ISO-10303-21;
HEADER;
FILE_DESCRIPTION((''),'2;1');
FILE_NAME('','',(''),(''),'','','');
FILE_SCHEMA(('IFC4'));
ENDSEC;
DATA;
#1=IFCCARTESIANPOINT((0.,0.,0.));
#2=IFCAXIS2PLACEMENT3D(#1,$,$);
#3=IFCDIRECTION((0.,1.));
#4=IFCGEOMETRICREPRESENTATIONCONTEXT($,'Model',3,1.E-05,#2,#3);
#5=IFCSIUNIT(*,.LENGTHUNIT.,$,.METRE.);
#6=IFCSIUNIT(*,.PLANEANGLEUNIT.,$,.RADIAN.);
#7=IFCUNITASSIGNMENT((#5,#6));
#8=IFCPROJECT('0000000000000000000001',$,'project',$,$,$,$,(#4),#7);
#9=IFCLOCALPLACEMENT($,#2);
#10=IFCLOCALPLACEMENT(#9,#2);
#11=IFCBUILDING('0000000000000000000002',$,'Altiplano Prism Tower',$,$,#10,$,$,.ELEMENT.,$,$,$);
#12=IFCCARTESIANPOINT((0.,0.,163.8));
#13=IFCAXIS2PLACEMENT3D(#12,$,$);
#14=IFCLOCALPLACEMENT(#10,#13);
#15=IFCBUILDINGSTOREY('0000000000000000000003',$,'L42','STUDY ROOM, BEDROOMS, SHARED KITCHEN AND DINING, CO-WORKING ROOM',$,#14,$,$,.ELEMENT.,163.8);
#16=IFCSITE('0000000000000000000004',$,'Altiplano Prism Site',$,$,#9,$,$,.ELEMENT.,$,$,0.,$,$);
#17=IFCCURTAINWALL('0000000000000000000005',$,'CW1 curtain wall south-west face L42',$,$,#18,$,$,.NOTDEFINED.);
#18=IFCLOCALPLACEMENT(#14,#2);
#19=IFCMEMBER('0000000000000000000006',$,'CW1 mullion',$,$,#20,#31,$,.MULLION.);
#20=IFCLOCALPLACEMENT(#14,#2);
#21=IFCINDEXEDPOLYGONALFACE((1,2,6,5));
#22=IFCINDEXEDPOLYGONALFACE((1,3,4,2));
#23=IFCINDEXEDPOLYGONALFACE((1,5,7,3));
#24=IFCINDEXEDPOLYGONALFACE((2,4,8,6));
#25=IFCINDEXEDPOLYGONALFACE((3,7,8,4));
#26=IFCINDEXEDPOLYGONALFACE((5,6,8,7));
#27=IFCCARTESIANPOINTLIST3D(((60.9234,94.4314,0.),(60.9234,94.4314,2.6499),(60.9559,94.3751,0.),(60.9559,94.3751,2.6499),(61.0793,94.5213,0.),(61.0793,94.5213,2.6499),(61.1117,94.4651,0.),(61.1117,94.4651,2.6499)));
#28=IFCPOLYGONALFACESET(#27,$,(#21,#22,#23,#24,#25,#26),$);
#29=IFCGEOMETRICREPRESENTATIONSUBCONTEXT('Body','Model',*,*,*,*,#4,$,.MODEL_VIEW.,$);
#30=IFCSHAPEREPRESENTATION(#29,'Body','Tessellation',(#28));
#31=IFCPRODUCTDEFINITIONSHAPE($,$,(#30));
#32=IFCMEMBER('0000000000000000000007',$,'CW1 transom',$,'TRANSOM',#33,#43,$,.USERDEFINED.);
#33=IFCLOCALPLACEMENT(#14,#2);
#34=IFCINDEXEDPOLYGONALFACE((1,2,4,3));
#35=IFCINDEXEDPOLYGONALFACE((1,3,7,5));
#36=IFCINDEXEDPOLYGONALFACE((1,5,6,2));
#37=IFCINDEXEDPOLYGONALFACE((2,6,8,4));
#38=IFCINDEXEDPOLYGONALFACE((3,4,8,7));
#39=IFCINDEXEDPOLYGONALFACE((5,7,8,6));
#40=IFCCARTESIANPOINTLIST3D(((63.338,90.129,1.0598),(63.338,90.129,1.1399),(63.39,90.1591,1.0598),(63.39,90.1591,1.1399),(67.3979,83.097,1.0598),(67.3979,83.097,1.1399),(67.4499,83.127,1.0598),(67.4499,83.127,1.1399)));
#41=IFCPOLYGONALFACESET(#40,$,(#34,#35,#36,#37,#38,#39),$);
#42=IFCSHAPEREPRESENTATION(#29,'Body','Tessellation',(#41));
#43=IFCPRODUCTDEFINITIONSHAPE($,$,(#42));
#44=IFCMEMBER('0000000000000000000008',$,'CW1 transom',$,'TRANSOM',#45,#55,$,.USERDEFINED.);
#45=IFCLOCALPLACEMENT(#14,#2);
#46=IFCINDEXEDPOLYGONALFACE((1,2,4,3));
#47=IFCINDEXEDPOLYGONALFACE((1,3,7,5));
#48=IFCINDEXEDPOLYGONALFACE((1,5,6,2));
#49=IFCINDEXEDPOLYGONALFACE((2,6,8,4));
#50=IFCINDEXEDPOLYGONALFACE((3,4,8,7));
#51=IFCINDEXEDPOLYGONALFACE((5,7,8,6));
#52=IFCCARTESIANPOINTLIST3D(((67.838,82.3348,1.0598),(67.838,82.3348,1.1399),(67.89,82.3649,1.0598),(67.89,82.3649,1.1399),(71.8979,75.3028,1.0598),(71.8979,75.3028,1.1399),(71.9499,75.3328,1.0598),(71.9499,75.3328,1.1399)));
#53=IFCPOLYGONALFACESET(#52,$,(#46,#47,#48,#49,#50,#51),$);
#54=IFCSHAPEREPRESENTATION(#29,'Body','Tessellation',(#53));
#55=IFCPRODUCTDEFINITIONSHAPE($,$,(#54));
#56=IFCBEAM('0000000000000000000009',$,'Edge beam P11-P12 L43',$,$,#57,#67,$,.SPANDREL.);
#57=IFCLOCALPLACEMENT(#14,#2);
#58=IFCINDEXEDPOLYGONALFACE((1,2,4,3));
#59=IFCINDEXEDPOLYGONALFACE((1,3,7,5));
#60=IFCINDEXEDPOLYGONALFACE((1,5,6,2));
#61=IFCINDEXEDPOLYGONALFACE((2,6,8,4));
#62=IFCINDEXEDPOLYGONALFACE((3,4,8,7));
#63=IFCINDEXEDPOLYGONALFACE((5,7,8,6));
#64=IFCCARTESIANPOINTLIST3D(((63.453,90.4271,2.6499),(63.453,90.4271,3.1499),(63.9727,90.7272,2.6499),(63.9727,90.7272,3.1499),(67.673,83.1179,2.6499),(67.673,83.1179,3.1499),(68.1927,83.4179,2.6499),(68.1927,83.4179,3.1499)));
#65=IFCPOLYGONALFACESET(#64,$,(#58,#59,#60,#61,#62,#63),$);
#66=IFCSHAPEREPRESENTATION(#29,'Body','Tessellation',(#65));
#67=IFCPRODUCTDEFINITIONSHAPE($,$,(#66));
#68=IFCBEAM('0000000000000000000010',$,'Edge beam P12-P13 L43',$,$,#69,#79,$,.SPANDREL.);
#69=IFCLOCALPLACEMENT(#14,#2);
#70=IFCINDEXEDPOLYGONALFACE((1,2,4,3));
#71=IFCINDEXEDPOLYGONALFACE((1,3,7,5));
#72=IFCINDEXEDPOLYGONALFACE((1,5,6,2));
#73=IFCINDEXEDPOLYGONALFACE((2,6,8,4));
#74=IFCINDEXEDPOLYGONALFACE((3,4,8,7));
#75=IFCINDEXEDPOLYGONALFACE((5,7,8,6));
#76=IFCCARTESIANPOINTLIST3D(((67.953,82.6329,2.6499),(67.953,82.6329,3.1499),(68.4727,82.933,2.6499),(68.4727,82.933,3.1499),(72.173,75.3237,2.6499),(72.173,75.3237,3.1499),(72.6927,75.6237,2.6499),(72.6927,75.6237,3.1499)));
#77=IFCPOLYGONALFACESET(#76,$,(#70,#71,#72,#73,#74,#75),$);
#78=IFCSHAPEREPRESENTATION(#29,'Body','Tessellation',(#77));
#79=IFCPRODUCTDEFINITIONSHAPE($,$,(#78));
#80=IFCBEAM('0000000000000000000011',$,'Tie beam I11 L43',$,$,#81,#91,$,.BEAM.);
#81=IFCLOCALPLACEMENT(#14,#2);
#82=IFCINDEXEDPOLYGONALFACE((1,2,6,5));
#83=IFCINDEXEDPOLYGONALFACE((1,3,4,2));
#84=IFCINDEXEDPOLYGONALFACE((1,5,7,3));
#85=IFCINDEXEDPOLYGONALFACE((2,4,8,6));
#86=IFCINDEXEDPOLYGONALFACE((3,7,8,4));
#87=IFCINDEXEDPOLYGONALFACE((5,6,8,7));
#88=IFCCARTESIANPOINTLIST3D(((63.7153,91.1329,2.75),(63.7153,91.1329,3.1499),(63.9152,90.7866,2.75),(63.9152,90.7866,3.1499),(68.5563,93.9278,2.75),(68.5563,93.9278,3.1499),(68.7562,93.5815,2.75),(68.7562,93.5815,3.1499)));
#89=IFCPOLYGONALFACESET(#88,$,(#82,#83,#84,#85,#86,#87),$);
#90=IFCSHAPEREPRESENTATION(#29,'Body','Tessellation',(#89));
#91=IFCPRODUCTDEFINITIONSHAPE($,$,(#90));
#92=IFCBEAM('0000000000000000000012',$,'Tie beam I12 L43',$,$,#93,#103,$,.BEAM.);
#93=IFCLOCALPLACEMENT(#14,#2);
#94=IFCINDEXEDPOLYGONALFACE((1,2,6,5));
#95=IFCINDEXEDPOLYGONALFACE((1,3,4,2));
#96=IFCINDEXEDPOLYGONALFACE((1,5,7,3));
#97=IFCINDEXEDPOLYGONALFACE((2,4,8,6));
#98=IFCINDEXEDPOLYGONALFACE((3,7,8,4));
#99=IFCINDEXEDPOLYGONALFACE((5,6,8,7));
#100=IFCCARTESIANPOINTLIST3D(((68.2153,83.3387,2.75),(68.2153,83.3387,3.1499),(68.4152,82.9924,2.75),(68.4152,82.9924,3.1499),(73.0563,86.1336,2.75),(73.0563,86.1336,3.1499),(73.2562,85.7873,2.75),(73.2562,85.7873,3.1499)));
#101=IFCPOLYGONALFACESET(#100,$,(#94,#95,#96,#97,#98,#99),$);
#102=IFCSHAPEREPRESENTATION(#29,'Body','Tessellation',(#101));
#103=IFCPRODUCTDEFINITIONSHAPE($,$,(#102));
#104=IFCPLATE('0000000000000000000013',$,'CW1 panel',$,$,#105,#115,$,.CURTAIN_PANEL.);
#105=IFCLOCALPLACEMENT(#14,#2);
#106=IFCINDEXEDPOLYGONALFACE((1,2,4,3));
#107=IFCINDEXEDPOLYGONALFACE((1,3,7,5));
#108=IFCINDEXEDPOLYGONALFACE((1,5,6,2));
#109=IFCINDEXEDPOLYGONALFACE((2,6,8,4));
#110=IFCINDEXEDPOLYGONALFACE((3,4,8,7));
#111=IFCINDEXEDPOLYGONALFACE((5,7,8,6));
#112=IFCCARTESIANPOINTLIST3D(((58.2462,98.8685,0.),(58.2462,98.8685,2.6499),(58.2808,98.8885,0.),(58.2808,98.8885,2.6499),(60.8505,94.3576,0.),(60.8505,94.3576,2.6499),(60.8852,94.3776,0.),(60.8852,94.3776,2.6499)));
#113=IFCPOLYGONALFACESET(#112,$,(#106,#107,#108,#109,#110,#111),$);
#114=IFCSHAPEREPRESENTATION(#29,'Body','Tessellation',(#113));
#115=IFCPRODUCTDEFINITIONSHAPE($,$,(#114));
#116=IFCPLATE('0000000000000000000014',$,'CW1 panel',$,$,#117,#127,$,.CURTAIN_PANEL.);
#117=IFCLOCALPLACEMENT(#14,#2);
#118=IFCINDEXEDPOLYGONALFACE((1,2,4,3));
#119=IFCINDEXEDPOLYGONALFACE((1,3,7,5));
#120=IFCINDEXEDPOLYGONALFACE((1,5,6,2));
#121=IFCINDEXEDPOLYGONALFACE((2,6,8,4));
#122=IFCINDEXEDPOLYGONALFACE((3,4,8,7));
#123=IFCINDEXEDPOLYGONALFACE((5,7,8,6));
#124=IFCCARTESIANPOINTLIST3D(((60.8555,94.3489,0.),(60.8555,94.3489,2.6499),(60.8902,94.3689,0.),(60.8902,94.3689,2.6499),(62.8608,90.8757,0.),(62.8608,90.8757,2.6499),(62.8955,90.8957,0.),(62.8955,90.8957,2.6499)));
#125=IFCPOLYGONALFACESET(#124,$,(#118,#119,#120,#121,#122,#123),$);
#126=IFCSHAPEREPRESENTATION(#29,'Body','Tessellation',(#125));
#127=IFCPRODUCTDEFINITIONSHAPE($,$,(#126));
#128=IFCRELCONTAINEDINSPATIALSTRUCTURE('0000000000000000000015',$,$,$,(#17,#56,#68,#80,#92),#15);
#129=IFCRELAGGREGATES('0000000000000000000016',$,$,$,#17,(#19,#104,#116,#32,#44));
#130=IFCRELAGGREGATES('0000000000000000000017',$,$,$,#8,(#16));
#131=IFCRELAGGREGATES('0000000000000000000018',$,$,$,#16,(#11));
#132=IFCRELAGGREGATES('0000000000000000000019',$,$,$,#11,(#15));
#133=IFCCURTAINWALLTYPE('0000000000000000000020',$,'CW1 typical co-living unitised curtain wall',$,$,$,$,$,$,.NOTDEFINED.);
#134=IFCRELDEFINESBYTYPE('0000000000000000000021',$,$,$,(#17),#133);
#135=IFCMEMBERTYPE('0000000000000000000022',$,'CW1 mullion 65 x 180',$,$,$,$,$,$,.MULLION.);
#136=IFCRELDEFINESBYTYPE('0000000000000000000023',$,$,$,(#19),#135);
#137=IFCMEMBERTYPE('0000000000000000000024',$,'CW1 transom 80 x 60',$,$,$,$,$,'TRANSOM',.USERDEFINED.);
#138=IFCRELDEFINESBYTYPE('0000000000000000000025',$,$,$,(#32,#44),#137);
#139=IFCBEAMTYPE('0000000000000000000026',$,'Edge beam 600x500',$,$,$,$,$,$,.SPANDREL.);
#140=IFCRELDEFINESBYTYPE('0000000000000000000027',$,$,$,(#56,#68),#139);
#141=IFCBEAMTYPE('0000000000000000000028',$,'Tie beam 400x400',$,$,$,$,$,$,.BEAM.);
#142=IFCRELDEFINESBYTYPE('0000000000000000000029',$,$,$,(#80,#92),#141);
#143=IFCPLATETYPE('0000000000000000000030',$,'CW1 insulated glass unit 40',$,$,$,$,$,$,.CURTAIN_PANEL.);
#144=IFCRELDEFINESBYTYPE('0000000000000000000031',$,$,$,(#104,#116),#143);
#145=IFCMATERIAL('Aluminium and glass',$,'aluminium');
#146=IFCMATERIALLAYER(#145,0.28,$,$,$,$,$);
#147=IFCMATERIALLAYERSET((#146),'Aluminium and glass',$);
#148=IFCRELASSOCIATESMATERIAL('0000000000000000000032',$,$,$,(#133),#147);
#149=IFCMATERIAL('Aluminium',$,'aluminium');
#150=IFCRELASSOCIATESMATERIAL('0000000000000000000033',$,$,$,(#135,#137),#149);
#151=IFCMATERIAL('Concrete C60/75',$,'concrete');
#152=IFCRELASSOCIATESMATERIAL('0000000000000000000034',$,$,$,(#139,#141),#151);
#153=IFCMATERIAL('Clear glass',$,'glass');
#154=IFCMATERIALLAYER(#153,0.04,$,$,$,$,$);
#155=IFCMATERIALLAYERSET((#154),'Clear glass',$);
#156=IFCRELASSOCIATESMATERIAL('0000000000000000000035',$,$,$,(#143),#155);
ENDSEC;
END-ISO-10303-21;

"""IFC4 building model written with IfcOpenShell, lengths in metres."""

from ifc_helpers import new_model, si_unit, direction, frame, origin, origin_2d, place, context, subcontext, project, spatial, rectangle, extrude, material, layer, layer_set, material_profile, profile_set, type_object, element, aggregate, save


model = new_model("IFC4")

# Units and contexts
model_context = context("Model", 3, precision=1e-05, world=origin(), true_north=direction((0.0, 1.0)))
body_context = subcontext(model_context, "Body", "Model", "MODEL_VIEW")
ifc_project = project(units=[si_unit("LENGTHUNIT", "METRE"), si_unit("PLANEANGLEUNIT", "RADIAN")], contexts=[model_context])

# Site, building, storey
site_placement = place(None, origin())
site = spatial("IfcSite", under=ifc_project, at=site_placement, Name="Altiplano Prism Site", CompositionType="ELEMENT", RefElevation=0.0)
building_placement = place(site_placement, origin())
building = spatial("IfcBuilding", under=site, at=building_placement, Name="Altiplano Prism Tower", CompositionType="ELEMENT")
storey_placement = place(building_placement, frame((0.0, 0.0, 163.8)))
storey = spatial("IfcBuildingStorey", under=building, at=storey_placement, Name="L42", Description="STUDY ROOM, BEDROOMS, SHARED KITCHEN AND DINING, CO-WORKING ROOM", CompositionType="ELEMENT", Elevation=163.8)

# Curtain wall, members
ifc_material_1 = material(Name="Aluminium and glass", Category="aluminium")
ifc_layer_1 = layer(ifc_material_1, 0.28)
ifc_layer_set_1 = layer_set([ifc_layer_1], Name="Aluminium and glass")
curtain_wall_type = type_object("IfcCurtainWallType", Name="CW1 typical co-living unitised curtain wall", PredefinedType="NOTDEFINED", material=ifc_layer_set_1)
curtain_wall_placement = place(storey_placement, origin())
curtain_wall = element("IfcCurtainWall", 1, at=curtain_wall_placement, inside=storey, type_object=curtain_wall_type, Name="CW1 curtain wall south-west face L42", PredefinedType="NOTDEFINED")
ifc_material_2 = material(Name="Aluminium", Category="aluminium")
ifc_material_profile_1 = material_profile(ifc_material_2, rectangle(XDim=0.1799, YDim=0.0649, at=origin_2d()), Name="CW1 mullion 65 x 180")
ifc_profile_set_1 = profile_set([ifc_material_profile_1], Name="Aluminium")
member_type_1 = type_object("IfcMemberType", Name="CW1 mullion 65 x 180", PredefinedType="MULLION", material=ifc_profile_set_1)
member_1_placement = place(storey_placement, frame((61.0176, 94.4482, 0.0), z_axis=(0.0, 0.0, 1.0), x_axis=(0.866025, 0.5, 0.0)))
member_1 = element("IfcMember", 2, at=member_1_placement, type_object=member_type_1, Name="CW1 mullion", PredefinedType="MULLION", context=body_context, shape_type="SweptSolid", body=[
    extrude(rectangle(XDim=0.1799, YDim=0.0649, at=origin_2d()), origin(), (0.0, 0.0, 1.0), 2.6499),
])
ifc_material_profile_2 = material_profile(ifc_material_2, rectangle(XDim=0.0601, YDim=0.0801, at=origin_2d()), Name="CW1 transom 80 x 60")
ifc_profile_set_2 = profile_set([ifc_material_profile_2], Name="Aluminium")
member_type_2 = type_object("IfcMemberType", Name="CW1 transom 80 x 60", ElementType="TRANSOM", PredefinedType="USERDEFINED", material=ifc_profile_set_2)
member_2_placement = place(storey_placement, frame((63.364, 90.144, 1.0999), z_axis=(0.499991, -0.866031, 0.0), x_axis=(0.866031, 0.499991, 0.0)))
member_2 = element("IfcMember", 3, at=member_2_placement, type_object=member_type_2, Name="CW1 transom", ObjectType="TRANSOM", PredefinedType="USERDEFINED", context=body_context, shape_type="SweptSolid", body=[
    extrude(rectangle(XDim=0.0601, YDim=0.0801, at=origin_2d()), origin(), (0.0, 0.0, 1.0), 8.1199),
])
member_3_placement = place(storey_placement, frame((67.864, 82.3499, 1.0999), z_axis=(0.499991, -0.866031, 0.0), x_axis=(0.866031, 0.499991, 0.0)))
member_3 = element("IfcMember", 4, at=member_3_placement, type_object=member_type_2, Name="CW1 transom", ObjectType="TRANSOM", PredefinedType="USERDEFINED", context=body_context, shape_type="SweptSolid", body=[
    extrude(rectangle(XDim=0.0601, YDim=0.0801, at=origin_2d()), origin(), (0.0, 0.0, 1.0), 8.1199),
])

# Beams
ifc_material_3 = material(Name="Concrete C60/75", Category="concrete")
ifc_material_profile_3 = material_profile(ifc_material_3, rectangle(XDim=0.6001, YDim=0.5, at=origin_2d()), Name="Edge beam 600x500")
ifc_profile_set_3 = profile_set([ifc_material_profile_3], Name="Concrete C60/75")
beam_type_1 = type_object("IfcBeamType", Name="Edge beam 600x500", PredefinedType="SPANDREL", material=ifc_profile_set_3)
for number, where, z_axis, x_axis, name in (
    (5, (63.7129, 90.5771, 2.8999), (0.499994, -0.866029, 0.0), (0.866029, 0.499994, 0.0), "Edge beam P11-P12 L43"),
    (6, (68.2129, 82.783, 2.8999), (0.499994, -0.866029, 0.0), (0.866029, 0.499994, 0.0), "Edge beam P12-P13 L43"),
):
    element("IfcBeam", number, at=place(storey_placement, frame(where, z_axis=z_axis, x_axis=x_axis)), inside=storey, type_object=beam_type_1, Name=name, PredefinedType="SPANDREL", context=body_context, shape_type="SweptSolid", body=[
        extrude(rectangle(XDim=0.6001, YDim=0.5, at=origin_2d()), origin(), (0.0, 0.0, 1.0), 8.4399),
    ])
ifc_material_profile_4 = material_profile(ifc_material_3, rectangle(XDim=0.3999, YDim=0.3999, at=origin_2d()), Name="Tie beam 400x400")
ifc_profile_set_4 = profile_set([ifc_material_profile_4], Name="Concrete C60/75")
beam_type_2 = type_object("IfcBeamType", Name="Tie beam 400x400", PredefinedType="BEAM", material=ifc_profile_set_4)
for number, where, z_axis, x_axis, name in (
    (7, (68.6562, 93.7546, 2.95), (-0.866031, -0.499991, 0.0), (0.499991, -0.866031, 0.0), "Tie beam I11 L43"),
    (8, (73.1562, 85.9604, 2.95), (-0.866031, -0.499991, 0.0), (0.499991, -0.866031, 0.0), "Tie beam I12 L43"),
):
    element("IfcBeam", number, at=place(storey_placement, frame(where, z_axis=z_axis, x_axis=x_axis)), inside=storey, type_object=beam_type_2, Name=name, PredefinedType="BEAM", context=body_context, shape_type="SweptSolid", body=[
        extrude(rectangle(XDim=0.3999, YDim=0.3999, at=origin_2d()), origin(), (0.0, 0.0, 1.0), 5.5898),
    ])

# Plates
ifc_material_4 = material(Name="Clear glass", Category="glass")
ifc_layer_2 = layer(ifc_material_4, 0.04)
ifc_layer_set_2 = layer_set([ifc_layer_2], Name="Clear glass")
plate_type = type_object("IfcPlateType", Name="CW1 insulated glass unit 40", PredefinedType="CURTAIN_PANEL", material=ifc_layer_set_2)
plate_1_placement = place(storey_placement, frame((59.5657, 96.623, 0.0), z_axis=(0.0, 0.0, 1.0), x_axis=(0.5, -0.866025, 0.0)))
plate_1 = element("IfcPlate", 9, at=plate_1_placement, type_object=plate_type, Name="CW1 panel", PredefinedType="CURTAIN_PANEL", context=body_context, shape_type="SweptSolid", body=[
    extrude(rectangle(XDim=5.2087, YDim=0.04, at=origin_2d()), origin(), (0.0, 0.0, 1.0), 2.6499),
])
plate_2_placement = place(storey_placement, frame((61.8755, 92.6223, 0.0), z_axis=(0.0, 0.0, 1.0), x_axis=(0.5, -0.866025, 0.0)))
plate_2 = element("IfcPlate", 10, at=plate_2_placement, type_object=plate_type, Name="CW1 panel", PredefinedType="CURTAIN_PANEL", context=body_context, shape_type="SweptSolid", body=[
    extrude(rectangle(XDim=4.0105, YDim=0.04, at=origin_2d()), origin(), (0.0, 0.0, 1.0), 2.6499),
])
aggregate(curtain_wall, [member_1, plate_1, plate_2, member_2, member_3])

save(model, "model.ifc")
